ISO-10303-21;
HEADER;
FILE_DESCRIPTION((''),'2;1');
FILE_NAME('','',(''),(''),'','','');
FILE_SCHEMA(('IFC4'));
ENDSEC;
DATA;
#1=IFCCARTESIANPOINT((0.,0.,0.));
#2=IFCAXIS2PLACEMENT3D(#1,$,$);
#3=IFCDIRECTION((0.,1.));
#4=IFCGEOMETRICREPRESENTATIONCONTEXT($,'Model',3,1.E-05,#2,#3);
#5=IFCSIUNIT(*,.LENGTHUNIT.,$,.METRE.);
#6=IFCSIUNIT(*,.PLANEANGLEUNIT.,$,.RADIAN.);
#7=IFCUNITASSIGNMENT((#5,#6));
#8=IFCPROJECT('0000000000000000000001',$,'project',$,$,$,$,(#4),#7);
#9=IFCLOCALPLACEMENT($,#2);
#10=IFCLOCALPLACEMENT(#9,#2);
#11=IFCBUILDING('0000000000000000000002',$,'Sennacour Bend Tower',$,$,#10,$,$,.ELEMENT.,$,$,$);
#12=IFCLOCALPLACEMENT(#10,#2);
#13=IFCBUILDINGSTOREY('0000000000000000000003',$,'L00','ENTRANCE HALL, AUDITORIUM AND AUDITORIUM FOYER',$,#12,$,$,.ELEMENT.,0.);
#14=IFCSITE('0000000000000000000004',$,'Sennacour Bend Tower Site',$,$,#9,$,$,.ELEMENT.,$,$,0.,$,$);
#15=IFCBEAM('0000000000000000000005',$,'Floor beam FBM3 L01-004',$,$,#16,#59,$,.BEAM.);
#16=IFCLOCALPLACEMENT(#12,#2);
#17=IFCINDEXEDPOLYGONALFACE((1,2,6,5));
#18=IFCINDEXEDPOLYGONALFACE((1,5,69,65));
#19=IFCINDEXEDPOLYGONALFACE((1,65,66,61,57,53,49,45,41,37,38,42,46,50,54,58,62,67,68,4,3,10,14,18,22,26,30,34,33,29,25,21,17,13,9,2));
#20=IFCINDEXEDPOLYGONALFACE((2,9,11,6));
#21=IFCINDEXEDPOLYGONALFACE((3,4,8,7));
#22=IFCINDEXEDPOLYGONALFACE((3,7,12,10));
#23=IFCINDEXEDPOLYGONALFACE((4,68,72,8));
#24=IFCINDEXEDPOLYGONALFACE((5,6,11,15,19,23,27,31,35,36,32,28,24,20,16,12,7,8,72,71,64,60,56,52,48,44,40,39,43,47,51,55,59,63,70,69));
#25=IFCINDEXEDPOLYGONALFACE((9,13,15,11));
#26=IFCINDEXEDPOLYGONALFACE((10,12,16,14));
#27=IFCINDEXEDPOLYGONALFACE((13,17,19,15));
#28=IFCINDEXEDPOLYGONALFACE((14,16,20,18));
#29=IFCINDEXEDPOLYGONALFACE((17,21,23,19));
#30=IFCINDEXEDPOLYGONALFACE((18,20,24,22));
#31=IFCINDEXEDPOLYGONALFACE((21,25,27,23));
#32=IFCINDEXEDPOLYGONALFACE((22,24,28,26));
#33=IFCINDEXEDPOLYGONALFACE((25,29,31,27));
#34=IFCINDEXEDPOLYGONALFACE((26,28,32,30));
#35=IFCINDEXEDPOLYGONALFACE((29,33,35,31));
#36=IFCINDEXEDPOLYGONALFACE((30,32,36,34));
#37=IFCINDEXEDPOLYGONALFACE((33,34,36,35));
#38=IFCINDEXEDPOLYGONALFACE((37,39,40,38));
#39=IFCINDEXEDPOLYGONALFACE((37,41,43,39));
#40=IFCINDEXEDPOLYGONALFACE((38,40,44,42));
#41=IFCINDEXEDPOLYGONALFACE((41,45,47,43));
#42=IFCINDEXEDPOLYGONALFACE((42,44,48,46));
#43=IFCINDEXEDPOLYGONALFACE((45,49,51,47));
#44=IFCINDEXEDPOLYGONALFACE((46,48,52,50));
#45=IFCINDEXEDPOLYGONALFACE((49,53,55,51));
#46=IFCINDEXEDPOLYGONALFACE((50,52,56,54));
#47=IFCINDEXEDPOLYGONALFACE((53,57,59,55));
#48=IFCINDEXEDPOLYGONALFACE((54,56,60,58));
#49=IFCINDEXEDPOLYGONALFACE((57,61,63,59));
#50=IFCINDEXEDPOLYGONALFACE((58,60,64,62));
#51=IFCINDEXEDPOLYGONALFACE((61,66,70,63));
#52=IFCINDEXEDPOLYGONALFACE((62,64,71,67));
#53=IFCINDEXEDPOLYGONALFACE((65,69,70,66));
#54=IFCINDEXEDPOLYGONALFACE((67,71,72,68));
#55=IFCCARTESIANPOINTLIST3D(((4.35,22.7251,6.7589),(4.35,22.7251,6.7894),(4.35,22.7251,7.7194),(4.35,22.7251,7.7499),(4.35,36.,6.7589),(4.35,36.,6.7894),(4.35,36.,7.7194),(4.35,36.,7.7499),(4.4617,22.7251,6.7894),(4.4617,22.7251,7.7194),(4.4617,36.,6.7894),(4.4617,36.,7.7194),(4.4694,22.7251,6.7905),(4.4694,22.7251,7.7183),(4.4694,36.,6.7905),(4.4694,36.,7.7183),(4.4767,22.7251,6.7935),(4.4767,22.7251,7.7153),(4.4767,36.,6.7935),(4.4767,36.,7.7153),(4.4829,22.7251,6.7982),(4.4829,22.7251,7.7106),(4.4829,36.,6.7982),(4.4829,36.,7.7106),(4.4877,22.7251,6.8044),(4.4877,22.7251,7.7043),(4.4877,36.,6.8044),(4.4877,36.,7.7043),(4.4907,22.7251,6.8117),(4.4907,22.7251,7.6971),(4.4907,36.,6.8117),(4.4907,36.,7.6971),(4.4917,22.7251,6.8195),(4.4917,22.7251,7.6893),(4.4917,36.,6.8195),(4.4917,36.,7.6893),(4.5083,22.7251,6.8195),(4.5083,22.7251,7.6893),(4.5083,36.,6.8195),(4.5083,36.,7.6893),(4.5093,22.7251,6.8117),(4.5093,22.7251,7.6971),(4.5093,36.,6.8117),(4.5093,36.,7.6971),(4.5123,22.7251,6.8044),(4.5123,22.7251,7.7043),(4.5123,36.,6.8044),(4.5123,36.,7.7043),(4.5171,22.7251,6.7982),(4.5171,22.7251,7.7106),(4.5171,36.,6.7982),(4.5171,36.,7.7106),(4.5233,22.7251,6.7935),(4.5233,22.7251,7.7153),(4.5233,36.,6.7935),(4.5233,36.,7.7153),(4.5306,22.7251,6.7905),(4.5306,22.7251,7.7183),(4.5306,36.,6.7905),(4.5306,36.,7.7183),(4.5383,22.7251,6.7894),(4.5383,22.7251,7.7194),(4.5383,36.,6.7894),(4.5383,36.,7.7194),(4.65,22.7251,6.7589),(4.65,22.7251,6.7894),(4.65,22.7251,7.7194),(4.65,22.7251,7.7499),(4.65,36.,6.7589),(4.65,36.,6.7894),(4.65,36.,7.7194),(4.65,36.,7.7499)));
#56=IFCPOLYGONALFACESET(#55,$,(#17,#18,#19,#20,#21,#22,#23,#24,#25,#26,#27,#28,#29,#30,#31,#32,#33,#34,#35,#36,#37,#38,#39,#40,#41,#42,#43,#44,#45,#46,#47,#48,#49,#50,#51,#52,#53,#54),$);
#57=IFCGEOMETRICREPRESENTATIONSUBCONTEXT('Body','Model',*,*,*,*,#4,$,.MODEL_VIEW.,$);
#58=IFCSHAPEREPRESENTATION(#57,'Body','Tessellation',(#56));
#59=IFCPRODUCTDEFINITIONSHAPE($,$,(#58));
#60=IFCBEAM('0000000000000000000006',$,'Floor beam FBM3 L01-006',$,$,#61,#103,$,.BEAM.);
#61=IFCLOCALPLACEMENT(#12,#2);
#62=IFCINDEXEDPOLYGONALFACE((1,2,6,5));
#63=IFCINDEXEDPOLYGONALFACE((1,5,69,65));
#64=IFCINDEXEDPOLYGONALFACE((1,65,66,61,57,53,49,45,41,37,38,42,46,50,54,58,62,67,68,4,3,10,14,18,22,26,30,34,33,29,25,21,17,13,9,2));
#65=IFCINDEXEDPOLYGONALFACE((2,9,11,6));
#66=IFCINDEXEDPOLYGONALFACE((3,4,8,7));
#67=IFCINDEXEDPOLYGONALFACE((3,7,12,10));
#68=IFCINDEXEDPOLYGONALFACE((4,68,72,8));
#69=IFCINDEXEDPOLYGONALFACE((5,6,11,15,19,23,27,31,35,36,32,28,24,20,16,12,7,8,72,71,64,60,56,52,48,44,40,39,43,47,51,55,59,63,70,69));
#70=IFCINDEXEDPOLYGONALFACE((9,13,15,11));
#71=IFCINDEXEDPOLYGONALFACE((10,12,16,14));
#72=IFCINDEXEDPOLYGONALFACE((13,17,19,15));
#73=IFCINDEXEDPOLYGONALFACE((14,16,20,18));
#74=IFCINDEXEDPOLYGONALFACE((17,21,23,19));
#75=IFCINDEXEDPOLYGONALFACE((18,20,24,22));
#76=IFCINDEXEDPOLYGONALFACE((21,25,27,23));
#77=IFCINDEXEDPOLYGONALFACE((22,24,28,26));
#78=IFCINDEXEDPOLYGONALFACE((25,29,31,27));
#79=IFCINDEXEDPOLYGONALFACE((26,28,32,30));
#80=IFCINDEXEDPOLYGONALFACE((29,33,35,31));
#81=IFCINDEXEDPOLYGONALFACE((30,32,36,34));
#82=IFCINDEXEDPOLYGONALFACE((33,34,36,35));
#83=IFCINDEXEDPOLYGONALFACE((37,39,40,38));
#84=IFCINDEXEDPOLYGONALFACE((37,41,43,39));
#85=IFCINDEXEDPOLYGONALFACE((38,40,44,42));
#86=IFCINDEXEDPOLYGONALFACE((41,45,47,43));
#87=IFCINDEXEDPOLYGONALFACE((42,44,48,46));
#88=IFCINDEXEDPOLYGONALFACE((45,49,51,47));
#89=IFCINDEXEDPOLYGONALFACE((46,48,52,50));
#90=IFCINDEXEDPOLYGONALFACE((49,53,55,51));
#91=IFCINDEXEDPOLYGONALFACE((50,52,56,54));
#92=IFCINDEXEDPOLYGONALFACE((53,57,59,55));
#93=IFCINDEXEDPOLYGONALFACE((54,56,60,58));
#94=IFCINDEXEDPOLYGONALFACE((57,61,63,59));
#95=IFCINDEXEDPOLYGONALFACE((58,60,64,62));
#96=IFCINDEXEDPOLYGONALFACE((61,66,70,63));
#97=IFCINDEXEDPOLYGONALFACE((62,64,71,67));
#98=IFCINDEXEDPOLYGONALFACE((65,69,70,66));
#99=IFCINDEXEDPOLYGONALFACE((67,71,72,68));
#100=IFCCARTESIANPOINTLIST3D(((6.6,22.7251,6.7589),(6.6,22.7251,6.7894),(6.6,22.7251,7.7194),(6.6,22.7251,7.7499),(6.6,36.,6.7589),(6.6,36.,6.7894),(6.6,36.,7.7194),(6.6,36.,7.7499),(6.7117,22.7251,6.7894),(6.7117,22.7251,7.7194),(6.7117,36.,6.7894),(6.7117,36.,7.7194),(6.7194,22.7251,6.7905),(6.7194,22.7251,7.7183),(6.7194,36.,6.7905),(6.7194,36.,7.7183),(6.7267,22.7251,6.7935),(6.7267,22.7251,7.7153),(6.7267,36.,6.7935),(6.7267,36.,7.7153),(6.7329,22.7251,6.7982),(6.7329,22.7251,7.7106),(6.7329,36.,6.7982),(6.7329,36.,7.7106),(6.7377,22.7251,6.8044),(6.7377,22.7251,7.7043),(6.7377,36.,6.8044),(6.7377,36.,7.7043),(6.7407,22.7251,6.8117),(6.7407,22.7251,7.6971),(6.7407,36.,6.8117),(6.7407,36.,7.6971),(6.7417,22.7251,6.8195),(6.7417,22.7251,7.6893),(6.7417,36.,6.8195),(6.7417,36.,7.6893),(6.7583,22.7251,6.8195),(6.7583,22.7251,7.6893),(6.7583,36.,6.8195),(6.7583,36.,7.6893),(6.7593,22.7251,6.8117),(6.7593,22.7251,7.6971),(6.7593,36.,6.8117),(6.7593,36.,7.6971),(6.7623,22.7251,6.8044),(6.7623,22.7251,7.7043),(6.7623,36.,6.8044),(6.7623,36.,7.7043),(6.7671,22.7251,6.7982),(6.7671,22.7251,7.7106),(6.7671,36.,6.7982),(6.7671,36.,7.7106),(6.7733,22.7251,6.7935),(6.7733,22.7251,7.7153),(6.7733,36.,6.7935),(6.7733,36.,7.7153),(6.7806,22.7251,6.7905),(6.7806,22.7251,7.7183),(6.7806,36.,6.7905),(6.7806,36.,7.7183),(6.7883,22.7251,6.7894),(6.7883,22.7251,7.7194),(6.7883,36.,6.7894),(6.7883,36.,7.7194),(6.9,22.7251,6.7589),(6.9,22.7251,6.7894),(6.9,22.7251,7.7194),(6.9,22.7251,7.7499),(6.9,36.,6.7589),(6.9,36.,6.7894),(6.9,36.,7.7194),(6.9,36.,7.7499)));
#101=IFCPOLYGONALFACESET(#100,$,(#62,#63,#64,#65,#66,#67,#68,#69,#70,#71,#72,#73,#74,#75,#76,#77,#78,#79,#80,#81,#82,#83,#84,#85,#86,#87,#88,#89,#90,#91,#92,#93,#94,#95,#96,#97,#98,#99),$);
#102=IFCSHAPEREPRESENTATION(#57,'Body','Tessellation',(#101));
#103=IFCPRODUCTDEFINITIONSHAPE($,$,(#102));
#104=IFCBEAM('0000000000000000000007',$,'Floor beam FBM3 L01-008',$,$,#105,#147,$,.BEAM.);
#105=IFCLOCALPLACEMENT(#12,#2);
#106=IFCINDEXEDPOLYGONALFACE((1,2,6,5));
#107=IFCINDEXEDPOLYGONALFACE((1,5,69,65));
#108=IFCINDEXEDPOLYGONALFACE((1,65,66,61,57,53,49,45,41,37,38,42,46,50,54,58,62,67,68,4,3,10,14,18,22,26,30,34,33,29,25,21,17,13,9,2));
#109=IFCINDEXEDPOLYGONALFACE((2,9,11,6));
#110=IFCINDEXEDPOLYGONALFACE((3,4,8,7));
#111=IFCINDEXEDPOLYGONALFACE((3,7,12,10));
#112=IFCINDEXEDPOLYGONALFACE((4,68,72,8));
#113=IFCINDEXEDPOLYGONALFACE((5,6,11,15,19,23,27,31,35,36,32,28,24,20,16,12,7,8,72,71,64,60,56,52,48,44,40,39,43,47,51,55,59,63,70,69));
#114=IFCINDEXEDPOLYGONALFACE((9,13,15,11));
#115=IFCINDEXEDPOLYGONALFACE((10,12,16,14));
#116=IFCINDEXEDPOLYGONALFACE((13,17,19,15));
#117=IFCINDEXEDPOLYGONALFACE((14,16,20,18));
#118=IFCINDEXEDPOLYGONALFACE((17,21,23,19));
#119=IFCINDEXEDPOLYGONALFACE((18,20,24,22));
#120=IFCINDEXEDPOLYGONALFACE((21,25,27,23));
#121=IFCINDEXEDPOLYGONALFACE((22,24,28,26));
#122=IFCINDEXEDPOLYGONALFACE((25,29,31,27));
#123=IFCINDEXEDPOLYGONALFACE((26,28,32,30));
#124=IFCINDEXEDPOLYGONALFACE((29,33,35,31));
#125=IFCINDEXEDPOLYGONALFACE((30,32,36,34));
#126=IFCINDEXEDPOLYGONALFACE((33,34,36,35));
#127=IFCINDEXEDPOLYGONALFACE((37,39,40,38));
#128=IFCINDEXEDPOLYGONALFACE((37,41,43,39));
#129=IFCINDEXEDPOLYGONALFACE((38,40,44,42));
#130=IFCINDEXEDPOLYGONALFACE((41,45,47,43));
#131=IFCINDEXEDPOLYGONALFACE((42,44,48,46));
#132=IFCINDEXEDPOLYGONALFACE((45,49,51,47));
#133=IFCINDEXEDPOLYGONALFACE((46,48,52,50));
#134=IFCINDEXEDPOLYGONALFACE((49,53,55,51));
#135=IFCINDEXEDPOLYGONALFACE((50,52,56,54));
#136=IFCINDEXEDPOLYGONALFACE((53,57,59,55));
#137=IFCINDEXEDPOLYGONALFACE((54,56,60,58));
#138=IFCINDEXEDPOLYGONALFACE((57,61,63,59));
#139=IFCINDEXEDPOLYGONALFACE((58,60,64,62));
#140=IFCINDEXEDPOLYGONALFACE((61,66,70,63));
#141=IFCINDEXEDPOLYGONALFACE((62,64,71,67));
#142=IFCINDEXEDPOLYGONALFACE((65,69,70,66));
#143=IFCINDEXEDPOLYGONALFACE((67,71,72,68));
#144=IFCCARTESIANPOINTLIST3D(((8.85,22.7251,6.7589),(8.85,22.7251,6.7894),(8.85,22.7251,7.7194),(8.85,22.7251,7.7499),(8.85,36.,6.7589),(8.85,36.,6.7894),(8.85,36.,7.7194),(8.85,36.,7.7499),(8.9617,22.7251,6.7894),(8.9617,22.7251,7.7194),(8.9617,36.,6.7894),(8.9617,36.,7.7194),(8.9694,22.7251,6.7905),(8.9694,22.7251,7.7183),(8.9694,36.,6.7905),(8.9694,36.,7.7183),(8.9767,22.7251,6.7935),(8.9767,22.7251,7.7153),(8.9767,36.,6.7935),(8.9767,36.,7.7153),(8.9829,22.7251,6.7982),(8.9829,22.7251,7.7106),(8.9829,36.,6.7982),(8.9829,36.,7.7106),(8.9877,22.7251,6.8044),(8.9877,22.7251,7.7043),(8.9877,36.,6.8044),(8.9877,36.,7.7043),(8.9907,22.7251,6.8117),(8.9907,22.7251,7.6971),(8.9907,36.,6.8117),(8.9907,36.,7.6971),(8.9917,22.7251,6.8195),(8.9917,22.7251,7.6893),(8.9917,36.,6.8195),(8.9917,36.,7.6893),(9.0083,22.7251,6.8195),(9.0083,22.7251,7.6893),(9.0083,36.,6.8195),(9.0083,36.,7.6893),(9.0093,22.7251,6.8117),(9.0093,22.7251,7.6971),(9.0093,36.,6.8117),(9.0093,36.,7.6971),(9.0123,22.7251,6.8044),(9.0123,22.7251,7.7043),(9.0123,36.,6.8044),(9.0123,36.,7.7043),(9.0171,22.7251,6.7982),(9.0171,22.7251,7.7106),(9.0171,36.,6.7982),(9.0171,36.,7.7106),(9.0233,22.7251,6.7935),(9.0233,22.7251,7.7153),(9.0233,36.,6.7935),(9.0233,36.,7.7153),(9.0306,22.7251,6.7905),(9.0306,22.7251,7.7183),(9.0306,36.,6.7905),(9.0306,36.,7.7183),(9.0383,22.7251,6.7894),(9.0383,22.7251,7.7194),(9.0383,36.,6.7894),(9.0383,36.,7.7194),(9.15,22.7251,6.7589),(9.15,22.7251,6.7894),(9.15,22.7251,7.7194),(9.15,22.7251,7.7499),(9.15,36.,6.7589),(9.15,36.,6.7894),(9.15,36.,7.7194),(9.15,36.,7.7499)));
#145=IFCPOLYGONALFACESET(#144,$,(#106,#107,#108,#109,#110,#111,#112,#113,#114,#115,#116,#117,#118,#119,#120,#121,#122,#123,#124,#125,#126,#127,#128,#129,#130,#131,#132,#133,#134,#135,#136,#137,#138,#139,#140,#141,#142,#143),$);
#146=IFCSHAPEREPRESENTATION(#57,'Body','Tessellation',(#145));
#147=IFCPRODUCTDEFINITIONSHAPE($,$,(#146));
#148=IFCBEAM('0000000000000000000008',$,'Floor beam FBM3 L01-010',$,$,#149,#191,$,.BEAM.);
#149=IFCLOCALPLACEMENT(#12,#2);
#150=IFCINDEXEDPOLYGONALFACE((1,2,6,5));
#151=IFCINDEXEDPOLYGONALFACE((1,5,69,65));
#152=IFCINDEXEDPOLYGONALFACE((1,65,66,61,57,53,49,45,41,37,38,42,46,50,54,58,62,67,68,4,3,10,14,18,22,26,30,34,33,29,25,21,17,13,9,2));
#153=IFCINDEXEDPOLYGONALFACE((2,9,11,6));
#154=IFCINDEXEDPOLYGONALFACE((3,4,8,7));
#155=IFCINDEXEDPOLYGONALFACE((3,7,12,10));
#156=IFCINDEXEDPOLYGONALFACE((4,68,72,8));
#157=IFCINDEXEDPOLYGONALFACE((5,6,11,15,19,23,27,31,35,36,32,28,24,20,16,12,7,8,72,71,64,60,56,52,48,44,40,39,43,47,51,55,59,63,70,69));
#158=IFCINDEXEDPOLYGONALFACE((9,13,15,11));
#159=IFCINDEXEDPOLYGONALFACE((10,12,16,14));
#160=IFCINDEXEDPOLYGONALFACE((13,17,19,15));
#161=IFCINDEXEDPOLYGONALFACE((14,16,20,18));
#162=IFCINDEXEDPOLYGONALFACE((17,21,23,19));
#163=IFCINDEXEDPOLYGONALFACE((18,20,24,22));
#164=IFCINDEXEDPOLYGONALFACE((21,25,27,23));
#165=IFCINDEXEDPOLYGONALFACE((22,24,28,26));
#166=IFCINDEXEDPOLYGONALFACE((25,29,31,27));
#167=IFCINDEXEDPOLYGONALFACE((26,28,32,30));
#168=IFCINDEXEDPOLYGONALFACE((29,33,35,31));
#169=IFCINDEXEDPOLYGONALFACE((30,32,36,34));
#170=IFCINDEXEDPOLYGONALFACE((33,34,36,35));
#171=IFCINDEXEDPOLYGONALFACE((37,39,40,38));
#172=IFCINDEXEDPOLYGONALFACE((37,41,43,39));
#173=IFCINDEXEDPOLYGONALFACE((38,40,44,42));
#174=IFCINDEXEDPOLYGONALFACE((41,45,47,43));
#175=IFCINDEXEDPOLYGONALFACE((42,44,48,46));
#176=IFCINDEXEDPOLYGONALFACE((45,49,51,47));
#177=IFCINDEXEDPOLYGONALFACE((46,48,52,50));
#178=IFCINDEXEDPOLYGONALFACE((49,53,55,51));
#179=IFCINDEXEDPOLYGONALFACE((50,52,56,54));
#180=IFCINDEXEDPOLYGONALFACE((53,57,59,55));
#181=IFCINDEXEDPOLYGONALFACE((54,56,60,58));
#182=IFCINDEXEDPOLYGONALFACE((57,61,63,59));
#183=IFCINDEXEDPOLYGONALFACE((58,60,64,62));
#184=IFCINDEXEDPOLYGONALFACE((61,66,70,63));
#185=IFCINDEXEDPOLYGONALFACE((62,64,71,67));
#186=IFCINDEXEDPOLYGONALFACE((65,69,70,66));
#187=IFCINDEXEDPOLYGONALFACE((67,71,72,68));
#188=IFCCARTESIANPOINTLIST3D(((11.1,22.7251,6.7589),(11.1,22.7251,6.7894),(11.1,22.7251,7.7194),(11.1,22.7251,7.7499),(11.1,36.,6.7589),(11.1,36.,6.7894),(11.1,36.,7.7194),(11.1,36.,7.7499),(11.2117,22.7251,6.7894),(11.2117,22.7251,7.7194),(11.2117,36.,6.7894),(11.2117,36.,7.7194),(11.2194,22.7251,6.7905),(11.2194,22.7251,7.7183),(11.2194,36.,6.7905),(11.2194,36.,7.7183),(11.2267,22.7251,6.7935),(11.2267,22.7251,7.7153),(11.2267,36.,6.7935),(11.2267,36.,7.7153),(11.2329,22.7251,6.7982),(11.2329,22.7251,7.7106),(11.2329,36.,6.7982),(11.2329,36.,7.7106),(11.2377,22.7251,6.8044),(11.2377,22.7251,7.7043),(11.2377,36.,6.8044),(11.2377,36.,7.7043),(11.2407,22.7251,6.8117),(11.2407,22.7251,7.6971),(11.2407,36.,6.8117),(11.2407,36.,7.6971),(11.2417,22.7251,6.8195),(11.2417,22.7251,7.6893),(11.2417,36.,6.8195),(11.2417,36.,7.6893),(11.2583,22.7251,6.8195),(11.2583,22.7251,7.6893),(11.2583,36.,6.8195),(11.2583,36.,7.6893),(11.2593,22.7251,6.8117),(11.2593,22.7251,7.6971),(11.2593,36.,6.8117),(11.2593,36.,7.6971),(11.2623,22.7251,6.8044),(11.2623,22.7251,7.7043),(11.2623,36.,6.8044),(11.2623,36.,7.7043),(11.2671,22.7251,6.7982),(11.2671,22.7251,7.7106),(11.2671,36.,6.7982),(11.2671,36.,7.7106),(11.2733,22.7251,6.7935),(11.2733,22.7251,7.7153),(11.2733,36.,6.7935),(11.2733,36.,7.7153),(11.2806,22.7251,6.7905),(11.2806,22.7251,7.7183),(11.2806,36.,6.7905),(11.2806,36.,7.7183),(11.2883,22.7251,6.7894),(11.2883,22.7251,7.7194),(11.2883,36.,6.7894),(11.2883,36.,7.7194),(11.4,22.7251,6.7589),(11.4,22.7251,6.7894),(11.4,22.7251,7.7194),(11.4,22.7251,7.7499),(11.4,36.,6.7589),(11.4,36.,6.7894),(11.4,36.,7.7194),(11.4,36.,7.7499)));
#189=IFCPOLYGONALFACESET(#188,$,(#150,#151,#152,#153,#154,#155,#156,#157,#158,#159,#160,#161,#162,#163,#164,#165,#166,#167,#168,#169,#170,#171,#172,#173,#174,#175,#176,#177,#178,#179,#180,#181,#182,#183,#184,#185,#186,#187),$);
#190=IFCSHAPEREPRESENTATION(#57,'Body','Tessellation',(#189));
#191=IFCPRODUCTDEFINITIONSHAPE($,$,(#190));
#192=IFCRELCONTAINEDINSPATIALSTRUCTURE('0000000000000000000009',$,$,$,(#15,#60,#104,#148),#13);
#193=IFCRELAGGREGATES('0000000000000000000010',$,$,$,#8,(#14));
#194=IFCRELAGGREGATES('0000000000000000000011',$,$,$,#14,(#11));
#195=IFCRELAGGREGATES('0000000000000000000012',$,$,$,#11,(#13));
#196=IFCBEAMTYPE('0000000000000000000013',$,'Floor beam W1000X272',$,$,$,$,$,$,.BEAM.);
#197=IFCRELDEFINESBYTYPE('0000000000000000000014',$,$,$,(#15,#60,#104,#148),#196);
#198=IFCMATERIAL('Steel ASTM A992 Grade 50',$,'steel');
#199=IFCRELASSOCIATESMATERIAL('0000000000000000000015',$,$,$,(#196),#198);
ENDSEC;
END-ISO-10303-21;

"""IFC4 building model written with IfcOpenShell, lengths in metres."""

from ifc_helpers import new_model, si_unit, direction, frame, origin, origin_2d, place, context, subcontext, project, spatial, i_section, extrude, material, material_profile, profile_set, type_object, element, save


model = new_model("IFC4")

# Units and contexts
model_context = context("Model", 3, precision=1e-05, world=origin(), true_north=direction((0.0, 1.0)))
body_context = subcontext(model_context, "Body", "Model", "MODEL_VIEW")
ifc_project = project(units=[si_unit("LENGTHUNIT", "METRE"), si_unit("PLANEANGLEUNIT", "RADIAN")], contexts=[model_context])

# Site, building, storey
site_placement = place(None, origin())
site = spatial("IfcSite", under=ifc_project, at=site_placement, Name="Sennacour Bend Tower Site", CompositionType="ELEMENT", RefElevation=0.0)
building_placement = place(site_placement, origin())
building = spatial("IfcBuilding", under=site, at=building_placement, Name="Sennacour Bend Tower", CompositionType="ELEMENT")
storey_placement = place(building_placement, origin())
storey = spatial("IfcBuildingStorey", under=building, at=storey_placement, Name="L00", Description="ENTRANCE HALL, AUDITORIUM AND AUDITORIUM FOYER", CompositionType="ELEMENT", Elevation=0.0)

# Beams
ifc_material_1 = material(Name="Steel ASTM A992 Grade 50", Category="steel")
ifc_material_profile_1 = material_profile(ifc_material_1, i_section(OverallWidth=0.3, OverallDepth=0.991, WebThickness=0.0166, FlangeThickness=0.0305, FilletRadius=0.03, at=origin_2d()), Name="Steel ASTM A992 Grade 50", Category="steel")
ifc_profile_set_1 = profile_set([ifc_material_profile_1], Name="Steel ASTM A992 Grade 50")
beam_type = type_object("IfcBeamType", Name="Floor beam W1000X272", PredefinedType="BEAM", material=ifc_profile_set_1)
for number, where, z_axis, x_axis, name in (
    (1, (4.5, 22.7251, 7.2544), (0.0, 1.0, 0.0), (-1.0, 0.0, 0.0), "Floor beam FBM3 L01-004"),
    (2, (6.75, 22.7251, 7.2544), (0.0, 1.0, 0.0), (-1.0, 0.0, 0.0), "Floor beam FBM3 L01-006"),
    (3, (9.0, 22.7251, 7.2544), (0.0, 1.0, 0.0), (-1.0, 0.0, 0.0), "Floor beam FBM3 L01-008"),
    (4, (11.25, 22.7251, 7.2544), (0.0, 1.0, 0.0), (-1.0, 0.0, 0.0), "Floor beam FBM3 L01-010"),
):
    element("IfcBeam", number, at=place(storey_placement, frame(where, z_axis=z_axis, x_axis=x_axis)), inside=storey, type_object=beam_type, Name=name, PredefinedType="BEAM", context=body_context, shape_type="SweptSolid", body=[
        extrude(i_section(OverallWidth=0.3, OverallDepth=0.991, WebThickness=0.0166, FlangeThickness=0.0305, FilletRadius=0.03, at=origin_2d()), origin(), (0.0, 0.0, 1.0), 13.2749),
    ])

save(model, "model.ifc")
